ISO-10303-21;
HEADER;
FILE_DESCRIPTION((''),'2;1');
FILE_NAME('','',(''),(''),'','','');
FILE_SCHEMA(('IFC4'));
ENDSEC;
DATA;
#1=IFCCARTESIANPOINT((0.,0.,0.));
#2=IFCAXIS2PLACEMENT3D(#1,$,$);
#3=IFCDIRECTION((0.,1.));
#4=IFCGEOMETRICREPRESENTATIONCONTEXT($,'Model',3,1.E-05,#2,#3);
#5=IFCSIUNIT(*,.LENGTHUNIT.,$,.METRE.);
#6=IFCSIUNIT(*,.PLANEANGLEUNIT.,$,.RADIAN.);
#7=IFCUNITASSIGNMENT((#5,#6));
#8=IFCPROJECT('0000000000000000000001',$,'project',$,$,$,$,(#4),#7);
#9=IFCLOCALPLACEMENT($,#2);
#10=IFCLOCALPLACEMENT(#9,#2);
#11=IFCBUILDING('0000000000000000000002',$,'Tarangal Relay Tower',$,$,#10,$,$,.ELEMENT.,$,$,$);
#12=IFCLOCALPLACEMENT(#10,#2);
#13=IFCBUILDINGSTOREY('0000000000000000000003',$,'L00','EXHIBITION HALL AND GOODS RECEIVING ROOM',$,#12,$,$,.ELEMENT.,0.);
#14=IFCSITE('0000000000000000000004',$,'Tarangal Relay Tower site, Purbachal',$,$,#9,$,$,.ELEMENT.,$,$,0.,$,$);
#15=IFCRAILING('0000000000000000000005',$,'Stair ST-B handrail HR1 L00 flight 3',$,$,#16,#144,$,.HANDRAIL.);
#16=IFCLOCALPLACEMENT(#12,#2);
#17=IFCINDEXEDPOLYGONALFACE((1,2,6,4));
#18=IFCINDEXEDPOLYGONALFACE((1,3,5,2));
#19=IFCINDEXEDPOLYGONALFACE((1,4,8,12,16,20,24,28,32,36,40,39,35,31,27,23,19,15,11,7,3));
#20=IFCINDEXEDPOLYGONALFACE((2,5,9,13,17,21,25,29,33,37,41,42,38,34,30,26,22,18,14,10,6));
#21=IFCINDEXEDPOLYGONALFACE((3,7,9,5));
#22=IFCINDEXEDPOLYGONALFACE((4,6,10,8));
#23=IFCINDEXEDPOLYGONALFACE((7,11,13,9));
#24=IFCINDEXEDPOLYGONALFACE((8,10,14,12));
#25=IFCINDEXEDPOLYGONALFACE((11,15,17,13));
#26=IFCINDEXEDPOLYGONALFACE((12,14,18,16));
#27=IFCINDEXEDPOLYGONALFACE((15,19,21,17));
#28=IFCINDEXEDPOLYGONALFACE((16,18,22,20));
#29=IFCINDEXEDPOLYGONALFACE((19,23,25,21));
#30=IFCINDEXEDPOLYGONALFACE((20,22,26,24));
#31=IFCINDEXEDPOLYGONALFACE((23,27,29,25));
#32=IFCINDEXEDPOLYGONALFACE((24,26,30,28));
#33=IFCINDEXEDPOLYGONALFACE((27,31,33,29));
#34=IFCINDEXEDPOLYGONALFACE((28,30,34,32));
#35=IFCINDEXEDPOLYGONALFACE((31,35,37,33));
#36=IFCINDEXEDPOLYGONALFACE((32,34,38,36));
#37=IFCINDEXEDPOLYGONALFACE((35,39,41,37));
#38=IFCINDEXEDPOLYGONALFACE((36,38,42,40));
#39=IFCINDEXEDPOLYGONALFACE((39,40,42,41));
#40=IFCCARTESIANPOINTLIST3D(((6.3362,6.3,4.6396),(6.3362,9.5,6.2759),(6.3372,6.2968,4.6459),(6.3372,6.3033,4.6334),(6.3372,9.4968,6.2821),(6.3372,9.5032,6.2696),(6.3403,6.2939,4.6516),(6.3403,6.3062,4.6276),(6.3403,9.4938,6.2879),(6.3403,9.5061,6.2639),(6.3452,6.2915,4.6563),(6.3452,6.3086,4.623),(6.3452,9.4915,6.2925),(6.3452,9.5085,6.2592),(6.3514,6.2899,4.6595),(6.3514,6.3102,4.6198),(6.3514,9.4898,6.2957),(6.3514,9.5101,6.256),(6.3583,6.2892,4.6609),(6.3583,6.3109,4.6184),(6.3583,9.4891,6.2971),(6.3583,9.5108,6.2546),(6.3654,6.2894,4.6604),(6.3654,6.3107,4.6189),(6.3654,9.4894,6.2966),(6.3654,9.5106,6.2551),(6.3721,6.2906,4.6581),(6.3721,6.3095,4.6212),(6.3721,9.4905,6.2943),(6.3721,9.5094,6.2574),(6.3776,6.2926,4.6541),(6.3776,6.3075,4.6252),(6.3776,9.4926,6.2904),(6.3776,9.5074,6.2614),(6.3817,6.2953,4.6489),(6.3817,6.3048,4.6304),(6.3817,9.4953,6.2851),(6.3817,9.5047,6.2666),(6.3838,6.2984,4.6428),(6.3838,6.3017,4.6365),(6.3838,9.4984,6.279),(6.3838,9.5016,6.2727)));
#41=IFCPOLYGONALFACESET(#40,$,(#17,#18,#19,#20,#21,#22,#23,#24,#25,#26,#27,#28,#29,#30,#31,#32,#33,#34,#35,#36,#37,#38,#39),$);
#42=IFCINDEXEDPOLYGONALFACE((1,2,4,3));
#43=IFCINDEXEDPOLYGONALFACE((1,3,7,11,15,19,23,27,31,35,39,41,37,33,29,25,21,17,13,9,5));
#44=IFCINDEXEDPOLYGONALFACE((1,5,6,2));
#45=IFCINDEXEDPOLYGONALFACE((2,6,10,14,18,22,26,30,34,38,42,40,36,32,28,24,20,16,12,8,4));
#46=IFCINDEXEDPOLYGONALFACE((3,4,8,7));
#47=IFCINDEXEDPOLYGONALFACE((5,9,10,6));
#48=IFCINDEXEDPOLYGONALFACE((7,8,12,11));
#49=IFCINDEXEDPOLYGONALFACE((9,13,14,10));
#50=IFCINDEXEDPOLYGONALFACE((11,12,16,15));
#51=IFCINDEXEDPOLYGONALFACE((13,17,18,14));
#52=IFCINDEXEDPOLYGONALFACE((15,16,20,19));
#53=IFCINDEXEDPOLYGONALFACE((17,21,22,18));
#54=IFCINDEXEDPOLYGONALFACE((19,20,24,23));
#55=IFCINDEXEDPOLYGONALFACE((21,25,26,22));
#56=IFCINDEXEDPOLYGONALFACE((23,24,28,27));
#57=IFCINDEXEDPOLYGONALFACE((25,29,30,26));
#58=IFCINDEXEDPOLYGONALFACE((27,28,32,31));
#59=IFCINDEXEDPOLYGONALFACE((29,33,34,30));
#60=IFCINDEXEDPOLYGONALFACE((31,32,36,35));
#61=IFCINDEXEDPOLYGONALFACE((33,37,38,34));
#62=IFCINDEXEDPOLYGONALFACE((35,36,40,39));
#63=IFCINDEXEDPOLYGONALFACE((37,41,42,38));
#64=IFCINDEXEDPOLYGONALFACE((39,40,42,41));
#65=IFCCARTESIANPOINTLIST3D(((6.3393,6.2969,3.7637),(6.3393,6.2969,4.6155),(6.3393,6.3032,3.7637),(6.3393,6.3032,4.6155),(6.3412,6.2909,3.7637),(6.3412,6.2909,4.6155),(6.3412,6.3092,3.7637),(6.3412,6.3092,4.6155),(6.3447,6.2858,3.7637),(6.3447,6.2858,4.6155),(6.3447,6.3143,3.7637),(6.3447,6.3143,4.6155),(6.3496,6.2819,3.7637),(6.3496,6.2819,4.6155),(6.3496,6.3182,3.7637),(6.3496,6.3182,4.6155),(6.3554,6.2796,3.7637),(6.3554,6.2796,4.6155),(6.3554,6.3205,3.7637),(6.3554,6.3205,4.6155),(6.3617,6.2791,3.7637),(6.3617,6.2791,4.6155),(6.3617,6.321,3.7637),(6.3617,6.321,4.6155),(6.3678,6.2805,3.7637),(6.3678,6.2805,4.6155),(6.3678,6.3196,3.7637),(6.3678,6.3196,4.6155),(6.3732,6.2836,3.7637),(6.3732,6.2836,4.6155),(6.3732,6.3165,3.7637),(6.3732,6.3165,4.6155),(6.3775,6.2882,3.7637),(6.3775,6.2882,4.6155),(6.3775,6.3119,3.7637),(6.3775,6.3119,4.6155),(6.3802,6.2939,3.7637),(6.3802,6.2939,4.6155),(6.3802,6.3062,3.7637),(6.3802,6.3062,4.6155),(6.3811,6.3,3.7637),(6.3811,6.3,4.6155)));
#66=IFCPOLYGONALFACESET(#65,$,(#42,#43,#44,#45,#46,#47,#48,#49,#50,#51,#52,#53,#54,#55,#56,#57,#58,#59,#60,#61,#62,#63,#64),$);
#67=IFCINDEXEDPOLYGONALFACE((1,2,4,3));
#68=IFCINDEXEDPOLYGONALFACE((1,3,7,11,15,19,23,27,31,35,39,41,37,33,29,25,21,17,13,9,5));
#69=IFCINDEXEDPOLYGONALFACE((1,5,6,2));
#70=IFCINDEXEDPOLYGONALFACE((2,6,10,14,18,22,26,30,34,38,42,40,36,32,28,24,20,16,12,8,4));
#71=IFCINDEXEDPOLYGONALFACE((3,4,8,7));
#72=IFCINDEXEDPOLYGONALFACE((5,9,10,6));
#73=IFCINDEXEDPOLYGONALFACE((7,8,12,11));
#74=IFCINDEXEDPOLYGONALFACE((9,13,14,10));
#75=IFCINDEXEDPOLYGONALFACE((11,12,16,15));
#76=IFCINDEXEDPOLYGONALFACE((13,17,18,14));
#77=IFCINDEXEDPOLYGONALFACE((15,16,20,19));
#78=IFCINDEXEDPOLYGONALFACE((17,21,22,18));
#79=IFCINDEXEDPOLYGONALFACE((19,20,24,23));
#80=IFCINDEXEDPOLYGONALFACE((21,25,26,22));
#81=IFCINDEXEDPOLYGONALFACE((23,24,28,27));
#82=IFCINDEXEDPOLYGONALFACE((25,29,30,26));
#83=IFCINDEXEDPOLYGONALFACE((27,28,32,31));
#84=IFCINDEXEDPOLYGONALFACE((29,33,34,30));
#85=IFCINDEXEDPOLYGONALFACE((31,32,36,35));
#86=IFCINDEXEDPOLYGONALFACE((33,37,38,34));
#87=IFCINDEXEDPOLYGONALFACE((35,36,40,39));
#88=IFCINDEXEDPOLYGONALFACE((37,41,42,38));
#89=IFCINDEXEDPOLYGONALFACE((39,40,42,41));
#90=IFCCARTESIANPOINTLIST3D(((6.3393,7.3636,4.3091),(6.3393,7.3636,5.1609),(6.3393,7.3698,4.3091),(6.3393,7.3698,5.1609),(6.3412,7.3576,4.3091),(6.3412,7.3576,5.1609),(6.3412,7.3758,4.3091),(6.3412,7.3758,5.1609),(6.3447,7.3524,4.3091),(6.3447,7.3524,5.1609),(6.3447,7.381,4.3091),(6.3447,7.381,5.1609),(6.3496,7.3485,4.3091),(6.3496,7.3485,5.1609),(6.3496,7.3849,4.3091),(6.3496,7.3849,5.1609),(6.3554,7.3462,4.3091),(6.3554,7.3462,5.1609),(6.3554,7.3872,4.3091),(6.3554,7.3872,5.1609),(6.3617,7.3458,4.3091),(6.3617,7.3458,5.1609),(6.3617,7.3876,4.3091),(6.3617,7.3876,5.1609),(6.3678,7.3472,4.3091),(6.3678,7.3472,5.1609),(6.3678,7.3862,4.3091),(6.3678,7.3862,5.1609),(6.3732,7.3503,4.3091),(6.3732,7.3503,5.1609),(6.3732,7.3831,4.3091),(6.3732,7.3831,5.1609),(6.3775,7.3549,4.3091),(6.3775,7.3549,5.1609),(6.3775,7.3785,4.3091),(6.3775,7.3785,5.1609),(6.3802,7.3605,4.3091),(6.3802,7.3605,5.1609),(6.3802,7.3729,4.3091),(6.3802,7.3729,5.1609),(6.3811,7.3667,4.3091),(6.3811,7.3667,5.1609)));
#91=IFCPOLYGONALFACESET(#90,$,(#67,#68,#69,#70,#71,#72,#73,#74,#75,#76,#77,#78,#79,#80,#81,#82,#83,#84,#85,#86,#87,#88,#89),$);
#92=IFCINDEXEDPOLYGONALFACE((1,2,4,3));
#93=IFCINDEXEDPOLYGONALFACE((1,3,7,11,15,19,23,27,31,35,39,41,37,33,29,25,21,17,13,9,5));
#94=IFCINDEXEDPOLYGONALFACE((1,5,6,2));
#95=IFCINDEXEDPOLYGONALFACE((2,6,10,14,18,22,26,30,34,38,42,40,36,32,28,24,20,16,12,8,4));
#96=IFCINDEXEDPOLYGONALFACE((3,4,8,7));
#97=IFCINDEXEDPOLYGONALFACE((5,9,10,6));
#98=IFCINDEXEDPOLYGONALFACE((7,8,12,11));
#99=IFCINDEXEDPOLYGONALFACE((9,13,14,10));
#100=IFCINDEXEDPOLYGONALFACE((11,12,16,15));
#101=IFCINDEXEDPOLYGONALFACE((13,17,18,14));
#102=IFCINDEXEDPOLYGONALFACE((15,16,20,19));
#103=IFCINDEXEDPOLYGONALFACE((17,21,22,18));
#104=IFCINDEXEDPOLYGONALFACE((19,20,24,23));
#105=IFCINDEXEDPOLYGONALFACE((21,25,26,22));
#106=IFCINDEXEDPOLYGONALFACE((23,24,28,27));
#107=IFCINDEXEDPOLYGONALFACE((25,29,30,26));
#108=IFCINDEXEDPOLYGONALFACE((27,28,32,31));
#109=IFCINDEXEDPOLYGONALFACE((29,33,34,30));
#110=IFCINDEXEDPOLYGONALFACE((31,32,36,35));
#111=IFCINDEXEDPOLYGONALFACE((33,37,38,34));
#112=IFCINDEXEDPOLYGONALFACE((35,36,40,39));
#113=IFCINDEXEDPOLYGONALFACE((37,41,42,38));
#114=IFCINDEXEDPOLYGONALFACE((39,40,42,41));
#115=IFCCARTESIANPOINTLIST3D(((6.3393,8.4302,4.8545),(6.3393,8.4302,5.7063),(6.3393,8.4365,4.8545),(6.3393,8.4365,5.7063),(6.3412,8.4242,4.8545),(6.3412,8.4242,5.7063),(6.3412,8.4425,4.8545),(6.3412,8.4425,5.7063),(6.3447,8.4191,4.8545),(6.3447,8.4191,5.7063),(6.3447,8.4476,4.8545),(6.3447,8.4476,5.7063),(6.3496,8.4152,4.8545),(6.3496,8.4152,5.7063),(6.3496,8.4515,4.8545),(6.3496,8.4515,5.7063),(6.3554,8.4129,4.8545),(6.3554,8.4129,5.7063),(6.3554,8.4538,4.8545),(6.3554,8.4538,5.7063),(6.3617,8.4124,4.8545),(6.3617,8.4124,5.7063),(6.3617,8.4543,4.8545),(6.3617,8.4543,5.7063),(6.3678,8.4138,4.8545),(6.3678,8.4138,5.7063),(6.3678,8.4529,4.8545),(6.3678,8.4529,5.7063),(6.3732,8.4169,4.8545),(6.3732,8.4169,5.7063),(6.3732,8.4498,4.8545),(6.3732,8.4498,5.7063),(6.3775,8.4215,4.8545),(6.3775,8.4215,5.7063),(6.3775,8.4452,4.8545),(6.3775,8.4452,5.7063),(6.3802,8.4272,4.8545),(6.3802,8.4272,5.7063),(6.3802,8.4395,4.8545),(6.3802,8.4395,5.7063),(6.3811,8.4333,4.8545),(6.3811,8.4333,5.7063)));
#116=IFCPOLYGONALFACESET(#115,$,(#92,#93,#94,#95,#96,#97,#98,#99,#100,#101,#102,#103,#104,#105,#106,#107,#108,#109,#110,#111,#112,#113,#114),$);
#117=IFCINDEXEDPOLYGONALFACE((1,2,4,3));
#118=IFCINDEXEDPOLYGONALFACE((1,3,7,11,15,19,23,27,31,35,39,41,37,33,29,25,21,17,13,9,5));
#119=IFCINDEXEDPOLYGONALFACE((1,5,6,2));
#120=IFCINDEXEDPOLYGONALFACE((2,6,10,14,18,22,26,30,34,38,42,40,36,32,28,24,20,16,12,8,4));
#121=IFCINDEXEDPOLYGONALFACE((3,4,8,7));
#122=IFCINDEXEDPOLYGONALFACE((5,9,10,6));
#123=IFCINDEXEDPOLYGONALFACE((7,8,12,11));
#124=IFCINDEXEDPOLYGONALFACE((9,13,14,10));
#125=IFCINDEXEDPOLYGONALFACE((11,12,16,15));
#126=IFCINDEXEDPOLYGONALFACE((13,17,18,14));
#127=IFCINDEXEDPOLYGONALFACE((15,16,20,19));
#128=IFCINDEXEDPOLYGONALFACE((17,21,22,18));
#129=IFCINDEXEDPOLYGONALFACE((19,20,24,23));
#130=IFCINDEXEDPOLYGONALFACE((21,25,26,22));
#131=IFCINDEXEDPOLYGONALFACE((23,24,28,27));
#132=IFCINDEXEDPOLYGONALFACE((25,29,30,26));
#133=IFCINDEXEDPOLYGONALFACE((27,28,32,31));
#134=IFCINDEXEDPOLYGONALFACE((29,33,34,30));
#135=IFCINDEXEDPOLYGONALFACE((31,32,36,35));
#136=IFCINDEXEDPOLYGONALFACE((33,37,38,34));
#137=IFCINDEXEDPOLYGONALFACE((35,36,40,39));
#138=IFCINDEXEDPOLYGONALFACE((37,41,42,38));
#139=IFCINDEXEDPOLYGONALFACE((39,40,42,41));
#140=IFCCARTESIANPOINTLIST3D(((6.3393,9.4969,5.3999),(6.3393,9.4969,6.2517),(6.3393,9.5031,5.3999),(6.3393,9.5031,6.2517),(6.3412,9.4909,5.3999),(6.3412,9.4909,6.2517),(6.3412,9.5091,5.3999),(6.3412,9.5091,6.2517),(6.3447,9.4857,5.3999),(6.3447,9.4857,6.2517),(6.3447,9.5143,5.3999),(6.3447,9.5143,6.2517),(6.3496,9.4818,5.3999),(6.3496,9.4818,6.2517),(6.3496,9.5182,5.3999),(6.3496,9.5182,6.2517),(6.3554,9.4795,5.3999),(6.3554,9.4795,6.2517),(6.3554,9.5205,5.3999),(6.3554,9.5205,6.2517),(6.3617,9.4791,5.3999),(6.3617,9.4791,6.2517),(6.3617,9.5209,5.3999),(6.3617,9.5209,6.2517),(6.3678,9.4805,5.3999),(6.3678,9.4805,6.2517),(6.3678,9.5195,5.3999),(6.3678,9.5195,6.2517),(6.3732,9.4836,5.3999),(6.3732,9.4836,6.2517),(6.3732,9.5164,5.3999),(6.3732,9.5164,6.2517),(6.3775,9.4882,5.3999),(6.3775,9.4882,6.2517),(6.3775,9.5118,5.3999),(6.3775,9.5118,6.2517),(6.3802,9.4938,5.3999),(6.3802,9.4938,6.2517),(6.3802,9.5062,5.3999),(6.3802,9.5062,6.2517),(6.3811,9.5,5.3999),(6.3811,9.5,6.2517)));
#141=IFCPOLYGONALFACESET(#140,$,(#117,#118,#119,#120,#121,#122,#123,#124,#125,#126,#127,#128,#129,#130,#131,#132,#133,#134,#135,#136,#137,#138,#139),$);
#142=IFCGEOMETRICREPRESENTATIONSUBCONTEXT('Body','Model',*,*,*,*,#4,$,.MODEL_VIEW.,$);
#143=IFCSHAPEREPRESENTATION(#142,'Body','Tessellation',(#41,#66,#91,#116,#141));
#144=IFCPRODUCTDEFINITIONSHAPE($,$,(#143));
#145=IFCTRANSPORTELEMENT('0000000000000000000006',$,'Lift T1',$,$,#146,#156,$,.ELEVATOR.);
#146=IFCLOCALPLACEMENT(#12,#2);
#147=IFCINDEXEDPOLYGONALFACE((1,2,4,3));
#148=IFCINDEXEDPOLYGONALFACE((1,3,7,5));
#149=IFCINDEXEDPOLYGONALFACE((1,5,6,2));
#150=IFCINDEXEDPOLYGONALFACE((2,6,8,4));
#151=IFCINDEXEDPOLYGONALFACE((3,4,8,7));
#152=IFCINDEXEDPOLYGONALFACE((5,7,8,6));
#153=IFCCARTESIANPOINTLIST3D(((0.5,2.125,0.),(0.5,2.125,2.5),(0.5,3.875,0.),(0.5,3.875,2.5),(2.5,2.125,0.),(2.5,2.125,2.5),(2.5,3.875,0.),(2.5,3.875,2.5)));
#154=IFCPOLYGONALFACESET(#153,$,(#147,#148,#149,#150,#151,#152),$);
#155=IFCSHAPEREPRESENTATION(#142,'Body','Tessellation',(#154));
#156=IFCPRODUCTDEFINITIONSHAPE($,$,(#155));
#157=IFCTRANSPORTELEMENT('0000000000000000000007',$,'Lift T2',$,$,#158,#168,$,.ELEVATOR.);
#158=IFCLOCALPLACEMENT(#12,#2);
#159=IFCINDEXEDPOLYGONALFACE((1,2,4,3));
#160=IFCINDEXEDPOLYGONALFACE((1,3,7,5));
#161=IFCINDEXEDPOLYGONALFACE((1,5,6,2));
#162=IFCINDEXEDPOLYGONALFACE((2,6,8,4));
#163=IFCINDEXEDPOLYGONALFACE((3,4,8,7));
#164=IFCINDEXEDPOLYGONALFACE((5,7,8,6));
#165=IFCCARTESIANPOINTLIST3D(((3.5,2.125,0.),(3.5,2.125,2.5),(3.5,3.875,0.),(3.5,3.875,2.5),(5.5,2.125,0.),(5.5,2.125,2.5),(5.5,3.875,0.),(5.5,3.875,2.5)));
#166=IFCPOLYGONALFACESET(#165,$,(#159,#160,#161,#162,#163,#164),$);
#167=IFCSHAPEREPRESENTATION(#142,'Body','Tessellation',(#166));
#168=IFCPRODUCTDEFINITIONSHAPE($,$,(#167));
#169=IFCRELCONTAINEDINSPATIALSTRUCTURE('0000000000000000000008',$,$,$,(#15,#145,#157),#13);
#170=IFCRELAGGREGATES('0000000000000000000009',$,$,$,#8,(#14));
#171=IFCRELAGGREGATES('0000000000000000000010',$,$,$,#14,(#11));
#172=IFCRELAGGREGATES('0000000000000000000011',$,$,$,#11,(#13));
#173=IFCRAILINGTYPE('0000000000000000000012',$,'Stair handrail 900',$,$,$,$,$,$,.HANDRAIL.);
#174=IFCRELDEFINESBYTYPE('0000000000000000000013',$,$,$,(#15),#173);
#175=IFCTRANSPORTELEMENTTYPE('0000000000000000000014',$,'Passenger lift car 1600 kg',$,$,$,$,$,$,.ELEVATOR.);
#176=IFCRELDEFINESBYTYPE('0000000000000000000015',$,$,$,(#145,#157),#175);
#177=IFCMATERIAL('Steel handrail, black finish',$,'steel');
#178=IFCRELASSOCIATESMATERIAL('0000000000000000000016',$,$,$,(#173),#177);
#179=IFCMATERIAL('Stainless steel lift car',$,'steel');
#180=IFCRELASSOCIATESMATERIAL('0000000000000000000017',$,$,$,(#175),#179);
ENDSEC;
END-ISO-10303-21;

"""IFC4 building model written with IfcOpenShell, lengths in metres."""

from ifc_helpers import new_model, si_unit, direction, frame, origin, origin_2d, place, context, subcontext, project, spatial, rectangle, circle, extrude, material, type_object, element, save


model = new_model("IFC4")

# Units and contexts
model_context = context("Model", 3, precision=1e-05, world=origin(), true_north=direction((0.0, 1.0)))
body_context = subcontext(model_context, "Body", "Model", "MODEL_VIEW")
ifc_project = project(units=[si_unit("LENGTHUNIT", "METRE"), si_unit("PLANEANGLEUNIT", "RADIAN")], contexts=[model_context])

# Site, building, storey
site_placement = place(None, origin())
site = spatial("IfcSite", under=ifc_project, at=site_placement, Name="Tarangal Relay Tower site, Purbachal", CompositionType="ELEMENT", RefElevation=0.0)
building_placement = place(site_placement, origin())
building = spatial("IfcBuilding", under=site, at=building_placement, Name="Tarangal Relay Tower", CompositionType="ELEMENT")
storey_placement = place(building_placement, origin())
storey = spatial("IfcBuildingStorey", under=building, at=storey_placement, Name="L00", Description="EXHIBITION HALL AND GOODS RECEIVING ROOM", CompositionType="ELEMENT", Elevation=0.0)

# Railing
ifc_material_1 = material(Name="Steel handrail, black finish", Category="steel")
railing_type = type_object("IfcRailingType", Name="Stair handrail 900", PredefinedType="HANDRAIL", material=ifc_material_1)
railing_1_placement = place(storey_placement, frame((6.3601, 6.3, 3.7637)))
element("IfcRailing", 1, at=railing_1_placement, inside=storey, type_object=railing_type, Name="Stair ST-B handrail HR1 L00 flight 3", PredefinedType="HANDRAIL", context=body_context, shape_type="SweptSolid", body=[
    extrude(circle(Radius=0.0239, at=origin_2d()), frame((0.0, 0.0, 0.876), z_axis=(0.0, 0.890356, 0.455265), x_axis=(-1.0, 0.0, 0.0)), (0.0, 0.0, 1.0), 3.594),
    extrude(circle(Radius=0.021, at=origin_2d()), origin(), (0.0, 0.0, 1.0), 0.8518),
    extrude(circle(Radius=0.021, at=origin_2d()), frame((0.0, 1.0667, 0.5454)), (0.0, 0.0, 1.0), 0.8518),
    extrude(circle(Radius=0.021, at=origin_2d()), frame((0.0, 2.1333, 1.0908)), (0.0, 0.0, 1.0), 0.8518),
    extrude(circle(Radius=0.021, at=origin_2d()), frame((0.0, 3.2, 1.6362)), (0.0, 0.0, 1.0), 0.8518),
])

# Transport elements
ifc_material_2 = material(Name="Stainless steel lift car", Category="steel")
transport_element_type = type_object("IfcTransportElementType", Name="Passenger lift car 1600 kg", PredefinedType="ELEVATOR", material=ifc_material_2)
for number, where, z_axis, x_axis, name in (
    (2, (1.5, 3.0, 0.0), (0.0, 0.0, 1.0), (1.0, 0.0, 0.0), "Lift T1"),
    (3, (4.5, 3.0, 0.0), (0.0, 0.0, 1.0), (1.0, 0.0, 0.0), "Lift T2"),
):
    element("IfcTransportElement", number, at=place(storey_placement, frame(where, z_axis=z_axis, x_axis=x_axis)), inside=storey, type_object=transport_element_type, Name=name, PredefinedType="ELEVATOR", context=body_context, shape_type="SweptSolid", body=[
        extrude(rectangle(XDim=2.0, YDim=1.75, at=origin_2d()), origin(), (0.0, 0.0, 1.0), 2.5),
    ])

save(model, "model.ifc")
